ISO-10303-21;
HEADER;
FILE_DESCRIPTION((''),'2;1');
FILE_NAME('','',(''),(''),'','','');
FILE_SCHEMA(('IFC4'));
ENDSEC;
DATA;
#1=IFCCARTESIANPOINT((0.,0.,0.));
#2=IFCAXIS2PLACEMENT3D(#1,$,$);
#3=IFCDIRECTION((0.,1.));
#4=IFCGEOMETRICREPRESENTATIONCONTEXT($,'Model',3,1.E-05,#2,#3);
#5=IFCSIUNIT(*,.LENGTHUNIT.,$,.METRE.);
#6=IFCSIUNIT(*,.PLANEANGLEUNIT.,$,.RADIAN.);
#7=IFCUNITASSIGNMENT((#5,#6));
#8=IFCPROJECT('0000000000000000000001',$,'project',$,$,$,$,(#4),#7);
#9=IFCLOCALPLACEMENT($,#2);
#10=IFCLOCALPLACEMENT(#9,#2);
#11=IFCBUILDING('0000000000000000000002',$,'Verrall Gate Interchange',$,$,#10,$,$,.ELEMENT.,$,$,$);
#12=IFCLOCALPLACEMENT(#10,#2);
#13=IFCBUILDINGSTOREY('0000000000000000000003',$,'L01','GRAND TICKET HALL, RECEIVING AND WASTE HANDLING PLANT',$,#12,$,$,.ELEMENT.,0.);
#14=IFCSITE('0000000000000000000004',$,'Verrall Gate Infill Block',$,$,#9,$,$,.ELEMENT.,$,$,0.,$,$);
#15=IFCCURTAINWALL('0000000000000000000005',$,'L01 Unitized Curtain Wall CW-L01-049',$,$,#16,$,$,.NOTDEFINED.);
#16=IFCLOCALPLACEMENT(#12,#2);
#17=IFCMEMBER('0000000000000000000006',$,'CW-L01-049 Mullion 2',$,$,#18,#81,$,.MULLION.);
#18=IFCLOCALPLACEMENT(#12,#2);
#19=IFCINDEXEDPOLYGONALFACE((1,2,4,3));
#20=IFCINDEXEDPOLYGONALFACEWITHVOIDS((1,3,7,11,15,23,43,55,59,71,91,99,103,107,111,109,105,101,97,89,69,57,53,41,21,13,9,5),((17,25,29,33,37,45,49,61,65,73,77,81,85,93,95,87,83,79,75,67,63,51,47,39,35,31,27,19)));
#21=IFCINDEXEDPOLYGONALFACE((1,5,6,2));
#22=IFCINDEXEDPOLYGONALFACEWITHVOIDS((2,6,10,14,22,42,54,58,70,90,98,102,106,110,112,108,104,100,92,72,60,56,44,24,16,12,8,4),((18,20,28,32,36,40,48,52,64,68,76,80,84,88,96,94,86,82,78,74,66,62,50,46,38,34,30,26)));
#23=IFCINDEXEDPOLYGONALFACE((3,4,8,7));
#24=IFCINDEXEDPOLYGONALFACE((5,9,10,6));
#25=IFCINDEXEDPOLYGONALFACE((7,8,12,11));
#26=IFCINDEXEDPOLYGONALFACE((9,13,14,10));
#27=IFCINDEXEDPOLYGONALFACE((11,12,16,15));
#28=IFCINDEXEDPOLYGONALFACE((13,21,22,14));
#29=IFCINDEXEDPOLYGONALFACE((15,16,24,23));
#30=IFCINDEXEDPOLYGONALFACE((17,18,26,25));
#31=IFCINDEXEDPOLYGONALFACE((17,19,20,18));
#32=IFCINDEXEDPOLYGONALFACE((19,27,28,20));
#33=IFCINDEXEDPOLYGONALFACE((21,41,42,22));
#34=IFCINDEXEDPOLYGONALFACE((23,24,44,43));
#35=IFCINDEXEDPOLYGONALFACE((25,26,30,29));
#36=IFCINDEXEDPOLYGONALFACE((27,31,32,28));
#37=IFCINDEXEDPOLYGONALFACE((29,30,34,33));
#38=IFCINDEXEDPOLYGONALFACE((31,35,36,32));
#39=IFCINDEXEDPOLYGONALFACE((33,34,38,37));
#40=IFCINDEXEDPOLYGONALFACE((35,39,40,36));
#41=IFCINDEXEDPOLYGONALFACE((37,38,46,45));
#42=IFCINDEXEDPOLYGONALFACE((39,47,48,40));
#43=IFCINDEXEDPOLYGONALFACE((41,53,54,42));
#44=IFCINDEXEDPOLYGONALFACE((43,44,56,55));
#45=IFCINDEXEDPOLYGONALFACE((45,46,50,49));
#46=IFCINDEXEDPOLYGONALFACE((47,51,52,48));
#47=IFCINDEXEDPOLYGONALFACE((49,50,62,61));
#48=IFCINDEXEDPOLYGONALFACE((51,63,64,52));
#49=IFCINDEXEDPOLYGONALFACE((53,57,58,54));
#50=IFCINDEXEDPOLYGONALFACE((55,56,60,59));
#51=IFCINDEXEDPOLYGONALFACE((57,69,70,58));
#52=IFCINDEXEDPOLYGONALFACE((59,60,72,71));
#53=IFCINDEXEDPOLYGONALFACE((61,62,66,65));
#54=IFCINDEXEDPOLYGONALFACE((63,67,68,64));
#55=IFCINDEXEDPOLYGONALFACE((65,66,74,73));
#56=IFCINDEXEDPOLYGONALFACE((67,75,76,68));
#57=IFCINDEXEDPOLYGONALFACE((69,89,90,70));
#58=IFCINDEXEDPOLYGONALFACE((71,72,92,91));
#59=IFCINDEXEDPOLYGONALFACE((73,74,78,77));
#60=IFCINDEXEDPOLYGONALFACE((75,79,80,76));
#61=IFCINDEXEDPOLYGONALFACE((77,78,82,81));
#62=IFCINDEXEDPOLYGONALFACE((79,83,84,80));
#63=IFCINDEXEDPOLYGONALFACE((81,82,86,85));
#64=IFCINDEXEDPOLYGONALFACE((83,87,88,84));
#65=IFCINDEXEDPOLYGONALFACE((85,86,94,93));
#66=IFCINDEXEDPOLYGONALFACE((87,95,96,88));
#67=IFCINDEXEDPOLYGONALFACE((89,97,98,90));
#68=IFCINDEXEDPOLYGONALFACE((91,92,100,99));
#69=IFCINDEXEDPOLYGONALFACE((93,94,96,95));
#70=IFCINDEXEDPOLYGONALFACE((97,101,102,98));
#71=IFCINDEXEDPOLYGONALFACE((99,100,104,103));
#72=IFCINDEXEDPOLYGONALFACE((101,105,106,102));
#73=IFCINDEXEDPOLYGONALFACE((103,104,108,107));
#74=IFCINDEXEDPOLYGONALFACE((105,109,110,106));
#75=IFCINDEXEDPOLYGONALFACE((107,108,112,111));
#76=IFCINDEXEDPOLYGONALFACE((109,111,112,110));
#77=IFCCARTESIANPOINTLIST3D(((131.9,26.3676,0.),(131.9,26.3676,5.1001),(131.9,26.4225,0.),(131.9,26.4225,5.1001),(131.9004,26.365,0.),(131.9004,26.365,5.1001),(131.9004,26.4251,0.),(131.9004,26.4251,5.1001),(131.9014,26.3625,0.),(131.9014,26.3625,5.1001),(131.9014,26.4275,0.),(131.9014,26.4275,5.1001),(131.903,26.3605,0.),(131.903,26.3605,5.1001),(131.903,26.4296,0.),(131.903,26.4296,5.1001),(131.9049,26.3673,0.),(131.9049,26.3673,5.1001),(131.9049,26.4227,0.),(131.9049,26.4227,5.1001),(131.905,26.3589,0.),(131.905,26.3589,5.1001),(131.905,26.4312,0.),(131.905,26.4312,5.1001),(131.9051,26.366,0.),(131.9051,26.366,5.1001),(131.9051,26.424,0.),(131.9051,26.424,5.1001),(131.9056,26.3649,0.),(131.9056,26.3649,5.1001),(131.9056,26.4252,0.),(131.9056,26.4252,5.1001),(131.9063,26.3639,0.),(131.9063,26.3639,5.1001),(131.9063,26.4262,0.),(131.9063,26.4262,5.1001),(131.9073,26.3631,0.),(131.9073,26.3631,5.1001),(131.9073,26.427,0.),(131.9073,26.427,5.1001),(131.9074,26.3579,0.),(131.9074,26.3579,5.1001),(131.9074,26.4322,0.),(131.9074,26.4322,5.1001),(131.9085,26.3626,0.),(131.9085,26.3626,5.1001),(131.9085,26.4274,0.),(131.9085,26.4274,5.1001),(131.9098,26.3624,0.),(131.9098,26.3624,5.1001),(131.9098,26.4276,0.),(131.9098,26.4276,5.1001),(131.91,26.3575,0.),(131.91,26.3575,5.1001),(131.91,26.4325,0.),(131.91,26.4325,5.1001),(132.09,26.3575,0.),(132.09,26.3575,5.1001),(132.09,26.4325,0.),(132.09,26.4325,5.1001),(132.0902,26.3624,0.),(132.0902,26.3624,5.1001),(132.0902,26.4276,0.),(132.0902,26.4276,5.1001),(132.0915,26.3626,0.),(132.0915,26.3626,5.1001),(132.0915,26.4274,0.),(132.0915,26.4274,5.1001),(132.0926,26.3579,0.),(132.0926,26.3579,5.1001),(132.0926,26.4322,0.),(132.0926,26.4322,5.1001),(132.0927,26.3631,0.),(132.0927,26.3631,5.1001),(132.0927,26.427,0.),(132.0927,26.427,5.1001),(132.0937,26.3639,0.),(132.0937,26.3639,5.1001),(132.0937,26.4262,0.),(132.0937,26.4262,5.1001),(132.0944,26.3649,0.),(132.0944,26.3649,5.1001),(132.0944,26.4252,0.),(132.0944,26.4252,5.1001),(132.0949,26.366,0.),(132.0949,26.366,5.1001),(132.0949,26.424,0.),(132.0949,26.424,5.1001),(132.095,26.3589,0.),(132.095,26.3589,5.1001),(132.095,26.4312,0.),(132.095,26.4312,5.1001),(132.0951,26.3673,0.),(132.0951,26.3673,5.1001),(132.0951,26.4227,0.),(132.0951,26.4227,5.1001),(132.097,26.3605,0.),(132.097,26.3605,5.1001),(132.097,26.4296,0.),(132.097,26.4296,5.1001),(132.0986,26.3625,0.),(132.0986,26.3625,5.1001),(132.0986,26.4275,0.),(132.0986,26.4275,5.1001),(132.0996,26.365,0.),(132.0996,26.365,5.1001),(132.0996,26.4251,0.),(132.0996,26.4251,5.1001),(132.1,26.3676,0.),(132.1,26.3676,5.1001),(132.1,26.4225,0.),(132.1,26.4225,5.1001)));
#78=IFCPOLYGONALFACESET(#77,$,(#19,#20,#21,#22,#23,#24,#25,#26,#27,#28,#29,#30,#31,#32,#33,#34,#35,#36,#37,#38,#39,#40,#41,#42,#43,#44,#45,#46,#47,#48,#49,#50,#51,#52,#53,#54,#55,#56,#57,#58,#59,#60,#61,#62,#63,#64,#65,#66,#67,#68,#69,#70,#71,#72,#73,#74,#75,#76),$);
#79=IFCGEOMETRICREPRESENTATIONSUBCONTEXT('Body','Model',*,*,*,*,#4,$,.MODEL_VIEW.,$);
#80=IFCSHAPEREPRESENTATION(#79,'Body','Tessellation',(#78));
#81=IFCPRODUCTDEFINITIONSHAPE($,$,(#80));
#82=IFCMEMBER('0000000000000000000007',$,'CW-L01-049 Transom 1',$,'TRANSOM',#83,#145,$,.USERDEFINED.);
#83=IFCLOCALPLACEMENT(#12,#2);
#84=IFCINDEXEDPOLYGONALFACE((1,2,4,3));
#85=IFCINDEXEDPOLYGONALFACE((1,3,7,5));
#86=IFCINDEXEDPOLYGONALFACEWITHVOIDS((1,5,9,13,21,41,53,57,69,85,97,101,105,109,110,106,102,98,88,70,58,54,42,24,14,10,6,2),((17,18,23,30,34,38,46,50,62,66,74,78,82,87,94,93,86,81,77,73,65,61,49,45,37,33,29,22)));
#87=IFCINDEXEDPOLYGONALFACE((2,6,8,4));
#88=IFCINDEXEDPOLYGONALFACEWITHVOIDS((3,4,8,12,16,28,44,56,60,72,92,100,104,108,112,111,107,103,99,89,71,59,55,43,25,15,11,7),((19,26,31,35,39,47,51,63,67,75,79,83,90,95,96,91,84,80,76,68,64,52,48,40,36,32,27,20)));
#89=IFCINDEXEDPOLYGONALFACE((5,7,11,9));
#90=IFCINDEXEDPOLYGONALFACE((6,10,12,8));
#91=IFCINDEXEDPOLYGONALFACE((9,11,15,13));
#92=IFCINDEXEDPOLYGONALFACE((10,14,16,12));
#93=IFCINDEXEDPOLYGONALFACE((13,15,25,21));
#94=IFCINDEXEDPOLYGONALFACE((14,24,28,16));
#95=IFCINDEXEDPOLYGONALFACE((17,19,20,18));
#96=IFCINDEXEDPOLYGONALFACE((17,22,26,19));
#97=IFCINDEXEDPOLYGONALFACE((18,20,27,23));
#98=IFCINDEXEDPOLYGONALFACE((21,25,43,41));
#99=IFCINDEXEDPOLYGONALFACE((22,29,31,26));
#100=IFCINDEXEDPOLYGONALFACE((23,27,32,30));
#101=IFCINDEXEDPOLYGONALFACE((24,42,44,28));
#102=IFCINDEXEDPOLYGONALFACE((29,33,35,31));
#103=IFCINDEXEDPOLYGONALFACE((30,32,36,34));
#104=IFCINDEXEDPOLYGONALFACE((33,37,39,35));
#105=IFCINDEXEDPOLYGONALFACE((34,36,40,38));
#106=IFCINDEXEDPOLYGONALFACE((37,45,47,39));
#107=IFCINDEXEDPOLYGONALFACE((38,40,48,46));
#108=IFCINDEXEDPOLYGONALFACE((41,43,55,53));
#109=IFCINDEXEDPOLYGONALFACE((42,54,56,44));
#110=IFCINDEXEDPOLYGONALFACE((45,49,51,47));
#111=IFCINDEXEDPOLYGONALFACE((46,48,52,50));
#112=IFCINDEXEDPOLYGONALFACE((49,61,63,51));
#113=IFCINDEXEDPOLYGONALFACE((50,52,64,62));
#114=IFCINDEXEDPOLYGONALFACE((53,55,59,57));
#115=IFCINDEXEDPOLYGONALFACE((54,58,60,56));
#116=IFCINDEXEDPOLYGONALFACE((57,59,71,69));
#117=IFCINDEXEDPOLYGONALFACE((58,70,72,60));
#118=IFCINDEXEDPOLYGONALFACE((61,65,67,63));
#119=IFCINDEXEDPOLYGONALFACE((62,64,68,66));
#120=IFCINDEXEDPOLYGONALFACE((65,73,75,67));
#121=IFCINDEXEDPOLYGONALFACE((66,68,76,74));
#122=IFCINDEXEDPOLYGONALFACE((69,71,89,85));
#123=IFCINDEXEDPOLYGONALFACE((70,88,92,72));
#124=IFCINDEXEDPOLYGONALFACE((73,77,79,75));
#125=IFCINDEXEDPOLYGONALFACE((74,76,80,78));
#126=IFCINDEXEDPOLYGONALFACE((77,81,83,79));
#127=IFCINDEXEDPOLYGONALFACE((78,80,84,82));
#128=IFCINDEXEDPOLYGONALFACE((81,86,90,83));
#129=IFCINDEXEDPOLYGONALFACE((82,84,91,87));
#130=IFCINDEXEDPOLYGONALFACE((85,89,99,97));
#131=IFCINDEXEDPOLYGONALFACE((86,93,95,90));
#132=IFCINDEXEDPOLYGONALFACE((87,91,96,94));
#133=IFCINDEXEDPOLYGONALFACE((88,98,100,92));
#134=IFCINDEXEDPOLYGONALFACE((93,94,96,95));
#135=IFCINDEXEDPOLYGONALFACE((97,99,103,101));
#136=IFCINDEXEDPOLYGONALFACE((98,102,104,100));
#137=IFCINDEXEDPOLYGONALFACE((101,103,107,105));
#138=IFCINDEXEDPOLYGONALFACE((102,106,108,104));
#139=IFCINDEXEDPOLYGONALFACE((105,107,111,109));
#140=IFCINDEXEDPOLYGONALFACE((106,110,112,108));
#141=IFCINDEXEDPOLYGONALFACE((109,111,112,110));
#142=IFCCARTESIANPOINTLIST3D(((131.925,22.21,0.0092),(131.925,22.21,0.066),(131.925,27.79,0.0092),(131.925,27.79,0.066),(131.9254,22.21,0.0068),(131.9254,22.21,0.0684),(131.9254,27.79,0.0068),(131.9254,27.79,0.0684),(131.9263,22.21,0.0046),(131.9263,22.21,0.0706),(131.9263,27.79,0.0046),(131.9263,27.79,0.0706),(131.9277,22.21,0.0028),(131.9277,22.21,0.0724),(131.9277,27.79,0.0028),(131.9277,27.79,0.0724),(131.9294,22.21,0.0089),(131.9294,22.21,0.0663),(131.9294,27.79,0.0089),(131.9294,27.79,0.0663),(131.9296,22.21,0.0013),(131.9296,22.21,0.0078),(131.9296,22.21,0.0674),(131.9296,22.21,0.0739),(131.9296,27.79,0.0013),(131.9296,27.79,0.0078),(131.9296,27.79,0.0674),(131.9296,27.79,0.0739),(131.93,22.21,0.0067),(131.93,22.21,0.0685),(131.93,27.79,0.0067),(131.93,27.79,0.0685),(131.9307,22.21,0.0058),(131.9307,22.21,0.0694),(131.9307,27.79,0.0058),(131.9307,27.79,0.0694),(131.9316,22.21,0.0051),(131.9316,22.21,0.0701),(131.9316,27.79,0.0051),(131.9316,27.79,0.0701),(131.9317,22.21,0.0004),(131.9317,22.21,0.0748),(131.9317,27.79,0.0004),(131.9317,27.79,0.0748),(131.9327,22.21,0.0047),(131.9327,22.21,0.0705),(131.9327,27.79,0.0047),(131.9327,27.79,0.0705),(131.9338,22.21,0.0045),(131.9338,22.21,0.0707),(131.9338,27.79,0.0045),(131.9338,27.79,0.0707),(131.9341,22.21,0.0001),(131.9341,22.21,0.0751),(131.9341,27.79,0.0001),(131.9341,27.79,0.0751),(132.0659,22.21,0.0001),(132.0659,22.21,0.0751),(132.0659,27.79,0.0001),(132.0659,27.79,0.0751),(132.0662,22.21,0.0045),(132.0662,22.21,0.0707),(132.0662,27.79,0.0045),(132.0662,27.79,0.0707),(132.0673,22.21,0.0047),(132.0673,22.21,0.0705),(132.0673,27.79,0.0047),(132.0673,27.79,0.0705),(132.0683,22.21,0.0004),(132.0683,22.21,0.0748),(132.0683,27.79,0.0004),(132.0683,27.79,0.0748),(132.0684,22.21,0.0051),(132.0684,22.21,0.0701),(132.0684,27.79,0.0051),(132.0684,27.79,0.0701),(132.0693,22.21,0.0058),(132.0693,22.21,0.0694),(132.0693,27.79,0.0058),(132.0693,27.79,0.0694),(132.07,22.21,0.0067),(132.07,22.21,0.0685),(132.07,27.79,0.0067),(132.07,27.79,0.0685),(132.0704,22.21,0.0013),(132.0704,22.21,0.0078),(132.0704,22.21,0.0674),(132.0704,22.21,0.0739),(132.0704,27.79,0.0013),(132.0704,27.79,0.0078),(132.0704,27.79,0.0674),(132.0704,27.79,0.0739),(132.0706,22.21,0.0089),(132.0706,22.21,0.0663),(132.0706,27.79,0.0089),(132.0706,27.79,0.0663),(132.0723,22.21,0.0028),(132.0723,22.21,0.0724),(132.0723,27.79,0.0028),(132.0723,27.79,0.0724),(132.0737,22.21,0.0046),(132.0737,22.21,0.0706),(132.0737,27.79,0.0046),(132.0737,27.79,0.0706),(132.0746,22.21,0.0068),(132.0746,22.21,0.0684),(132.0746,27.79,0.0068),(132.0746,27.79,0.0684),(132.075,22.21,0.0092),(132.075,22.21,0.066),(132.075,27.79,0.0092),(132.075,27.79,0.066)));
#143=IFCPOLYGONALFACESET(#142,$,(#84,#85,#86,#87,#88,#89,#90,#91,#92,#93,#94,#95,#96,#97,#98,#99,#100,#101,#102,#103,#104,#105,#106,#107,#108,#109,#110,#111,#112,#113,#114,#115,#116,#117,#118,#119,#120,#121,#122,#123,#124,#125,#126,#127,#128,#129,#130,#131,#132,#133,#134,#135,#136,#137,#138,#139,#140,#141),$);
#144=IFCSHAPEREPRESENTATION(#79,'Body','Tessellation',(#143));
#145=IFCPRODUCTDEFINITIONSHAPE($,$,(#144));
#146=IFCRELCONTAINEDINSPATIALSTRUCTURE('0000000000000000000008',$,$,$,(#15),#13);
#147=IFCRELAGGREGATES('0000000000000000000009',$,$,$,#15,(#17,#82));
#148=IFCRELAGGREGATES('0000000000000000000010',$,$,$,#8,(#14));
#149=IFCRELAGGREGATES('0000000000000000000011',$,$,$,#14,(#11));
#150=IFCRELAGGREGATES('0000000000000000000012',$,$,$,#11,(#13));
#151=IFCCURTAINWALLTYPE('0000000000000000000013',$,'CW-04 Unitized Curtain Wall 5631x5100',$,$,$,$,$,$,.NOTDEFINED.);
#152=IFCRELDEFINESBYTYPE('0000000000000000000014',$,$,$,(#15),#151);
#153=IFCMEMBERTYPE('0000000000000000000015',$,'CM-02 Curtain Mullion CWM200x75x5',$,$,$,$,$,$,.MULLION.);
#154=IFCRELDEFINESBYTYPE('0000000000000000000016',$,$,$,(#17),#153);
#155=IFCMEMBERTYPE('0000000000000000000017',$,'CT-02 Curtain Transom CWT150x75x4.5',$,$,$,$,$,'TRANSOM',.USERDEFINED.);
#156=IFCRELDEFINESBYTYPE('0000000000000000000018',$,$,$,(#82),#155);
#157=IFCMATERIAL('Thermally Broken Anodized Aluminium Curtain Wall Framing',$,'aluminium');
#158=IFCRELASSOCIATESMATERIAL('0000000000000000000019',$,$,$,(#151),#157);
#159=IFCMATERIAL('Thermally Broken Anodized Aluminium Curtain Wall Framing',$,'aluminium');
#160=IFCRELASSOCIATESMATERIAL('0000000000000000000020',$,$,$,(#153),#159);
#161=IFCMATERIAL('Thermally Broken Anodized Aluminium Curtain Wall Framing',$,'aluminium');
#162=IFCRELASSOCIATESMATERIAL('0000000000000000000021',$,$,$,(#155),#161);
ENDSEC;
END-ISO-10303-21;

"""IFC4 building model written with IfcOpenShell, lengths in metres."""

from ifc_helpers import new_model, si_unit, direction, frame, origin, origin_2d, place, context, subcontext, project, spatial, hollow_rectangle, extrude, material, material_profile, profile_set, type_object, element, aggregate, save


model = new_model("IFC4")

# Units and contexts
model_context = context("Model", 3, precision=1e-05, world=origin(), true_north=direction((0.0, 1.0)))
body_context = subcontext(model_context, "Body", "Model", "MODEL_VIEW")
ifc_project = project(units=[si_unit("LENGTHUNIT", "METRE"), si_unit("PLANEANGLEUNIT", "RADIAN")], contexts=[model_context])

# Site, building, storey
site_placement = place(None, origin())
site = spatial("IfcSite", under=ifc_project, at=site_placement, Name="Verrall Gate Infill Block", CompositionType="ELEMENT", RefElevation=0.0)
building_placement = place(site_placement, origin())
building = spatial("IfcBuilding", under=site, at=building_placement, Name="Verrall Gate Interchange", CompositionType="ELEMENT")
storey_placement = place(building_placement, origin())
storey = spatial("IfcBuildingStorey", under=building, at=storey_placement, Name="L01", Description="GRAND TICKET HALL, RECEIVING AND WASTE HANDLING PLANT", CompositionType="ELEMENT", Elevation=0.0)

# Curtain wall, members
ifc_material_1 = material(Name="Thermally Broken Anodized Aluminium Curtain Wall Framing", Category="aluminium")
curtain_wall_type = type_object("IfcCurtainWallType", Name="CW-04 Unitized Curtain Wall 5631x5100", PredefinedType="NOTDEFINED", material=ifc_material_1)
curtain_wall_1_placement = place(storey_placement, origin())
curtain_wall_1 = element("IfcCurtainWall", 1, at=curtain_wall_1_placement, inside=storey, type_object=curtain_wall_type, Name="L01 Unitized Curtain Wall CW-L01-049", PredefinedType="NOTDEFINED")
ifc_material_2 = material(Name="Thermally Broken Anodized Aluminium Curtain Wall Framing", Category="aluminium")
ifc_material_profile_1 = material_profile(ifc_material_2, hollow_rectangle(XDim=0.075, YDim=0.2, WallThickness=0.0049, InnerFilletRadius=0.0049, OuterFilletRadius=0.01, at=origin_2d()), Name="CWM200x75x5")
ifc_profile_set_1 = profile_set([ifc_material_profile_1], Name="Thermally Broken Anodized Aluminium Curtain Wall Framing")
member_type_1 = type_object("IfcMemberType", Name="CM-02 Curtain Mullion CWM200x75x5", PredefinedType="MULLION", material=ifc_profile_set_1)
member_1_placement = place(storey_placement, frame((132.0, 26.395, 0.0), z_axis=(0.0, 0.0, 1.0), x_axis=(0.0, -1.0, 0.0)))
member_1 = element("IfcMember", 2, at=member_1_placement, type_object=member_type_1, Name="CW-L01-049 Mullion 2", PredefinedType="MULLION", context=body_context, shape_type="SweptSolid", body=[
    extrude(hollow_rectangle(XDim=0.075, YDim=0.2, WallThickness=0.0049, InnerFilletRadius=0.0049, OuterFilletRadius=0.01, at=origin_2d()), origin(), (0.0, 0.0, 1.0), 5.1001),
])
ifc_material_3 = material(Name="Thermally Broken Anodized Aluminium Curtain Wall Framing", Category="aluminium")
ifc_material_profile_2 = material_profile(ifc_material_3, hollow_rectangle(XDim=0.1499, YDim=0.075, WallThickness=0.0044, InnerFilletRadius=0.0044, OuterFilletRadius=0.009, at=origin_2d()), Name="CWT150x75x4.5")
ifc_profile_set_2 = profile_set([ifc_material_profile_2], Name="Thermally Broken Anodized Aluminium Curtain Wall Framing")
member_type_2 = type_object("IfcMemberType", Name="CT-02 Curtain Transom CWT150x75x4.5", ElementType="TRANSOM", PredefinedType="USERDEFINED", material=ifc_profile_set_2)
member_2_placement = place(storey_placement, frame((132.0, 27.79, 0.0376), z_axis=(0.0, -1.0, 0.0), x_axis=(1.0, 0.0, 0.0)))
member_2 = element("IfcMember", 3, at=member_2_placement, type_object=member_type_2, Name="CW-L01-049 Transom 1", ObjectType="TRANSOM", PredefinedType="USERDEFINED", context=body_context, shape_type="SweptSolid", body=[
    extrude(hollow_rectangle(XDim=0.1499, YDim=0.075, WallThickness=0.0044, InnerFilletRadius=0.0044, OuterFilletRadius=0.009, at=origin_2d()), origin(), (0.0, 0.0, 1.0), 5.5801),
])

aggregate(curtain_wall_1, [member_1, member_2])

save(model, "model.ifc")
